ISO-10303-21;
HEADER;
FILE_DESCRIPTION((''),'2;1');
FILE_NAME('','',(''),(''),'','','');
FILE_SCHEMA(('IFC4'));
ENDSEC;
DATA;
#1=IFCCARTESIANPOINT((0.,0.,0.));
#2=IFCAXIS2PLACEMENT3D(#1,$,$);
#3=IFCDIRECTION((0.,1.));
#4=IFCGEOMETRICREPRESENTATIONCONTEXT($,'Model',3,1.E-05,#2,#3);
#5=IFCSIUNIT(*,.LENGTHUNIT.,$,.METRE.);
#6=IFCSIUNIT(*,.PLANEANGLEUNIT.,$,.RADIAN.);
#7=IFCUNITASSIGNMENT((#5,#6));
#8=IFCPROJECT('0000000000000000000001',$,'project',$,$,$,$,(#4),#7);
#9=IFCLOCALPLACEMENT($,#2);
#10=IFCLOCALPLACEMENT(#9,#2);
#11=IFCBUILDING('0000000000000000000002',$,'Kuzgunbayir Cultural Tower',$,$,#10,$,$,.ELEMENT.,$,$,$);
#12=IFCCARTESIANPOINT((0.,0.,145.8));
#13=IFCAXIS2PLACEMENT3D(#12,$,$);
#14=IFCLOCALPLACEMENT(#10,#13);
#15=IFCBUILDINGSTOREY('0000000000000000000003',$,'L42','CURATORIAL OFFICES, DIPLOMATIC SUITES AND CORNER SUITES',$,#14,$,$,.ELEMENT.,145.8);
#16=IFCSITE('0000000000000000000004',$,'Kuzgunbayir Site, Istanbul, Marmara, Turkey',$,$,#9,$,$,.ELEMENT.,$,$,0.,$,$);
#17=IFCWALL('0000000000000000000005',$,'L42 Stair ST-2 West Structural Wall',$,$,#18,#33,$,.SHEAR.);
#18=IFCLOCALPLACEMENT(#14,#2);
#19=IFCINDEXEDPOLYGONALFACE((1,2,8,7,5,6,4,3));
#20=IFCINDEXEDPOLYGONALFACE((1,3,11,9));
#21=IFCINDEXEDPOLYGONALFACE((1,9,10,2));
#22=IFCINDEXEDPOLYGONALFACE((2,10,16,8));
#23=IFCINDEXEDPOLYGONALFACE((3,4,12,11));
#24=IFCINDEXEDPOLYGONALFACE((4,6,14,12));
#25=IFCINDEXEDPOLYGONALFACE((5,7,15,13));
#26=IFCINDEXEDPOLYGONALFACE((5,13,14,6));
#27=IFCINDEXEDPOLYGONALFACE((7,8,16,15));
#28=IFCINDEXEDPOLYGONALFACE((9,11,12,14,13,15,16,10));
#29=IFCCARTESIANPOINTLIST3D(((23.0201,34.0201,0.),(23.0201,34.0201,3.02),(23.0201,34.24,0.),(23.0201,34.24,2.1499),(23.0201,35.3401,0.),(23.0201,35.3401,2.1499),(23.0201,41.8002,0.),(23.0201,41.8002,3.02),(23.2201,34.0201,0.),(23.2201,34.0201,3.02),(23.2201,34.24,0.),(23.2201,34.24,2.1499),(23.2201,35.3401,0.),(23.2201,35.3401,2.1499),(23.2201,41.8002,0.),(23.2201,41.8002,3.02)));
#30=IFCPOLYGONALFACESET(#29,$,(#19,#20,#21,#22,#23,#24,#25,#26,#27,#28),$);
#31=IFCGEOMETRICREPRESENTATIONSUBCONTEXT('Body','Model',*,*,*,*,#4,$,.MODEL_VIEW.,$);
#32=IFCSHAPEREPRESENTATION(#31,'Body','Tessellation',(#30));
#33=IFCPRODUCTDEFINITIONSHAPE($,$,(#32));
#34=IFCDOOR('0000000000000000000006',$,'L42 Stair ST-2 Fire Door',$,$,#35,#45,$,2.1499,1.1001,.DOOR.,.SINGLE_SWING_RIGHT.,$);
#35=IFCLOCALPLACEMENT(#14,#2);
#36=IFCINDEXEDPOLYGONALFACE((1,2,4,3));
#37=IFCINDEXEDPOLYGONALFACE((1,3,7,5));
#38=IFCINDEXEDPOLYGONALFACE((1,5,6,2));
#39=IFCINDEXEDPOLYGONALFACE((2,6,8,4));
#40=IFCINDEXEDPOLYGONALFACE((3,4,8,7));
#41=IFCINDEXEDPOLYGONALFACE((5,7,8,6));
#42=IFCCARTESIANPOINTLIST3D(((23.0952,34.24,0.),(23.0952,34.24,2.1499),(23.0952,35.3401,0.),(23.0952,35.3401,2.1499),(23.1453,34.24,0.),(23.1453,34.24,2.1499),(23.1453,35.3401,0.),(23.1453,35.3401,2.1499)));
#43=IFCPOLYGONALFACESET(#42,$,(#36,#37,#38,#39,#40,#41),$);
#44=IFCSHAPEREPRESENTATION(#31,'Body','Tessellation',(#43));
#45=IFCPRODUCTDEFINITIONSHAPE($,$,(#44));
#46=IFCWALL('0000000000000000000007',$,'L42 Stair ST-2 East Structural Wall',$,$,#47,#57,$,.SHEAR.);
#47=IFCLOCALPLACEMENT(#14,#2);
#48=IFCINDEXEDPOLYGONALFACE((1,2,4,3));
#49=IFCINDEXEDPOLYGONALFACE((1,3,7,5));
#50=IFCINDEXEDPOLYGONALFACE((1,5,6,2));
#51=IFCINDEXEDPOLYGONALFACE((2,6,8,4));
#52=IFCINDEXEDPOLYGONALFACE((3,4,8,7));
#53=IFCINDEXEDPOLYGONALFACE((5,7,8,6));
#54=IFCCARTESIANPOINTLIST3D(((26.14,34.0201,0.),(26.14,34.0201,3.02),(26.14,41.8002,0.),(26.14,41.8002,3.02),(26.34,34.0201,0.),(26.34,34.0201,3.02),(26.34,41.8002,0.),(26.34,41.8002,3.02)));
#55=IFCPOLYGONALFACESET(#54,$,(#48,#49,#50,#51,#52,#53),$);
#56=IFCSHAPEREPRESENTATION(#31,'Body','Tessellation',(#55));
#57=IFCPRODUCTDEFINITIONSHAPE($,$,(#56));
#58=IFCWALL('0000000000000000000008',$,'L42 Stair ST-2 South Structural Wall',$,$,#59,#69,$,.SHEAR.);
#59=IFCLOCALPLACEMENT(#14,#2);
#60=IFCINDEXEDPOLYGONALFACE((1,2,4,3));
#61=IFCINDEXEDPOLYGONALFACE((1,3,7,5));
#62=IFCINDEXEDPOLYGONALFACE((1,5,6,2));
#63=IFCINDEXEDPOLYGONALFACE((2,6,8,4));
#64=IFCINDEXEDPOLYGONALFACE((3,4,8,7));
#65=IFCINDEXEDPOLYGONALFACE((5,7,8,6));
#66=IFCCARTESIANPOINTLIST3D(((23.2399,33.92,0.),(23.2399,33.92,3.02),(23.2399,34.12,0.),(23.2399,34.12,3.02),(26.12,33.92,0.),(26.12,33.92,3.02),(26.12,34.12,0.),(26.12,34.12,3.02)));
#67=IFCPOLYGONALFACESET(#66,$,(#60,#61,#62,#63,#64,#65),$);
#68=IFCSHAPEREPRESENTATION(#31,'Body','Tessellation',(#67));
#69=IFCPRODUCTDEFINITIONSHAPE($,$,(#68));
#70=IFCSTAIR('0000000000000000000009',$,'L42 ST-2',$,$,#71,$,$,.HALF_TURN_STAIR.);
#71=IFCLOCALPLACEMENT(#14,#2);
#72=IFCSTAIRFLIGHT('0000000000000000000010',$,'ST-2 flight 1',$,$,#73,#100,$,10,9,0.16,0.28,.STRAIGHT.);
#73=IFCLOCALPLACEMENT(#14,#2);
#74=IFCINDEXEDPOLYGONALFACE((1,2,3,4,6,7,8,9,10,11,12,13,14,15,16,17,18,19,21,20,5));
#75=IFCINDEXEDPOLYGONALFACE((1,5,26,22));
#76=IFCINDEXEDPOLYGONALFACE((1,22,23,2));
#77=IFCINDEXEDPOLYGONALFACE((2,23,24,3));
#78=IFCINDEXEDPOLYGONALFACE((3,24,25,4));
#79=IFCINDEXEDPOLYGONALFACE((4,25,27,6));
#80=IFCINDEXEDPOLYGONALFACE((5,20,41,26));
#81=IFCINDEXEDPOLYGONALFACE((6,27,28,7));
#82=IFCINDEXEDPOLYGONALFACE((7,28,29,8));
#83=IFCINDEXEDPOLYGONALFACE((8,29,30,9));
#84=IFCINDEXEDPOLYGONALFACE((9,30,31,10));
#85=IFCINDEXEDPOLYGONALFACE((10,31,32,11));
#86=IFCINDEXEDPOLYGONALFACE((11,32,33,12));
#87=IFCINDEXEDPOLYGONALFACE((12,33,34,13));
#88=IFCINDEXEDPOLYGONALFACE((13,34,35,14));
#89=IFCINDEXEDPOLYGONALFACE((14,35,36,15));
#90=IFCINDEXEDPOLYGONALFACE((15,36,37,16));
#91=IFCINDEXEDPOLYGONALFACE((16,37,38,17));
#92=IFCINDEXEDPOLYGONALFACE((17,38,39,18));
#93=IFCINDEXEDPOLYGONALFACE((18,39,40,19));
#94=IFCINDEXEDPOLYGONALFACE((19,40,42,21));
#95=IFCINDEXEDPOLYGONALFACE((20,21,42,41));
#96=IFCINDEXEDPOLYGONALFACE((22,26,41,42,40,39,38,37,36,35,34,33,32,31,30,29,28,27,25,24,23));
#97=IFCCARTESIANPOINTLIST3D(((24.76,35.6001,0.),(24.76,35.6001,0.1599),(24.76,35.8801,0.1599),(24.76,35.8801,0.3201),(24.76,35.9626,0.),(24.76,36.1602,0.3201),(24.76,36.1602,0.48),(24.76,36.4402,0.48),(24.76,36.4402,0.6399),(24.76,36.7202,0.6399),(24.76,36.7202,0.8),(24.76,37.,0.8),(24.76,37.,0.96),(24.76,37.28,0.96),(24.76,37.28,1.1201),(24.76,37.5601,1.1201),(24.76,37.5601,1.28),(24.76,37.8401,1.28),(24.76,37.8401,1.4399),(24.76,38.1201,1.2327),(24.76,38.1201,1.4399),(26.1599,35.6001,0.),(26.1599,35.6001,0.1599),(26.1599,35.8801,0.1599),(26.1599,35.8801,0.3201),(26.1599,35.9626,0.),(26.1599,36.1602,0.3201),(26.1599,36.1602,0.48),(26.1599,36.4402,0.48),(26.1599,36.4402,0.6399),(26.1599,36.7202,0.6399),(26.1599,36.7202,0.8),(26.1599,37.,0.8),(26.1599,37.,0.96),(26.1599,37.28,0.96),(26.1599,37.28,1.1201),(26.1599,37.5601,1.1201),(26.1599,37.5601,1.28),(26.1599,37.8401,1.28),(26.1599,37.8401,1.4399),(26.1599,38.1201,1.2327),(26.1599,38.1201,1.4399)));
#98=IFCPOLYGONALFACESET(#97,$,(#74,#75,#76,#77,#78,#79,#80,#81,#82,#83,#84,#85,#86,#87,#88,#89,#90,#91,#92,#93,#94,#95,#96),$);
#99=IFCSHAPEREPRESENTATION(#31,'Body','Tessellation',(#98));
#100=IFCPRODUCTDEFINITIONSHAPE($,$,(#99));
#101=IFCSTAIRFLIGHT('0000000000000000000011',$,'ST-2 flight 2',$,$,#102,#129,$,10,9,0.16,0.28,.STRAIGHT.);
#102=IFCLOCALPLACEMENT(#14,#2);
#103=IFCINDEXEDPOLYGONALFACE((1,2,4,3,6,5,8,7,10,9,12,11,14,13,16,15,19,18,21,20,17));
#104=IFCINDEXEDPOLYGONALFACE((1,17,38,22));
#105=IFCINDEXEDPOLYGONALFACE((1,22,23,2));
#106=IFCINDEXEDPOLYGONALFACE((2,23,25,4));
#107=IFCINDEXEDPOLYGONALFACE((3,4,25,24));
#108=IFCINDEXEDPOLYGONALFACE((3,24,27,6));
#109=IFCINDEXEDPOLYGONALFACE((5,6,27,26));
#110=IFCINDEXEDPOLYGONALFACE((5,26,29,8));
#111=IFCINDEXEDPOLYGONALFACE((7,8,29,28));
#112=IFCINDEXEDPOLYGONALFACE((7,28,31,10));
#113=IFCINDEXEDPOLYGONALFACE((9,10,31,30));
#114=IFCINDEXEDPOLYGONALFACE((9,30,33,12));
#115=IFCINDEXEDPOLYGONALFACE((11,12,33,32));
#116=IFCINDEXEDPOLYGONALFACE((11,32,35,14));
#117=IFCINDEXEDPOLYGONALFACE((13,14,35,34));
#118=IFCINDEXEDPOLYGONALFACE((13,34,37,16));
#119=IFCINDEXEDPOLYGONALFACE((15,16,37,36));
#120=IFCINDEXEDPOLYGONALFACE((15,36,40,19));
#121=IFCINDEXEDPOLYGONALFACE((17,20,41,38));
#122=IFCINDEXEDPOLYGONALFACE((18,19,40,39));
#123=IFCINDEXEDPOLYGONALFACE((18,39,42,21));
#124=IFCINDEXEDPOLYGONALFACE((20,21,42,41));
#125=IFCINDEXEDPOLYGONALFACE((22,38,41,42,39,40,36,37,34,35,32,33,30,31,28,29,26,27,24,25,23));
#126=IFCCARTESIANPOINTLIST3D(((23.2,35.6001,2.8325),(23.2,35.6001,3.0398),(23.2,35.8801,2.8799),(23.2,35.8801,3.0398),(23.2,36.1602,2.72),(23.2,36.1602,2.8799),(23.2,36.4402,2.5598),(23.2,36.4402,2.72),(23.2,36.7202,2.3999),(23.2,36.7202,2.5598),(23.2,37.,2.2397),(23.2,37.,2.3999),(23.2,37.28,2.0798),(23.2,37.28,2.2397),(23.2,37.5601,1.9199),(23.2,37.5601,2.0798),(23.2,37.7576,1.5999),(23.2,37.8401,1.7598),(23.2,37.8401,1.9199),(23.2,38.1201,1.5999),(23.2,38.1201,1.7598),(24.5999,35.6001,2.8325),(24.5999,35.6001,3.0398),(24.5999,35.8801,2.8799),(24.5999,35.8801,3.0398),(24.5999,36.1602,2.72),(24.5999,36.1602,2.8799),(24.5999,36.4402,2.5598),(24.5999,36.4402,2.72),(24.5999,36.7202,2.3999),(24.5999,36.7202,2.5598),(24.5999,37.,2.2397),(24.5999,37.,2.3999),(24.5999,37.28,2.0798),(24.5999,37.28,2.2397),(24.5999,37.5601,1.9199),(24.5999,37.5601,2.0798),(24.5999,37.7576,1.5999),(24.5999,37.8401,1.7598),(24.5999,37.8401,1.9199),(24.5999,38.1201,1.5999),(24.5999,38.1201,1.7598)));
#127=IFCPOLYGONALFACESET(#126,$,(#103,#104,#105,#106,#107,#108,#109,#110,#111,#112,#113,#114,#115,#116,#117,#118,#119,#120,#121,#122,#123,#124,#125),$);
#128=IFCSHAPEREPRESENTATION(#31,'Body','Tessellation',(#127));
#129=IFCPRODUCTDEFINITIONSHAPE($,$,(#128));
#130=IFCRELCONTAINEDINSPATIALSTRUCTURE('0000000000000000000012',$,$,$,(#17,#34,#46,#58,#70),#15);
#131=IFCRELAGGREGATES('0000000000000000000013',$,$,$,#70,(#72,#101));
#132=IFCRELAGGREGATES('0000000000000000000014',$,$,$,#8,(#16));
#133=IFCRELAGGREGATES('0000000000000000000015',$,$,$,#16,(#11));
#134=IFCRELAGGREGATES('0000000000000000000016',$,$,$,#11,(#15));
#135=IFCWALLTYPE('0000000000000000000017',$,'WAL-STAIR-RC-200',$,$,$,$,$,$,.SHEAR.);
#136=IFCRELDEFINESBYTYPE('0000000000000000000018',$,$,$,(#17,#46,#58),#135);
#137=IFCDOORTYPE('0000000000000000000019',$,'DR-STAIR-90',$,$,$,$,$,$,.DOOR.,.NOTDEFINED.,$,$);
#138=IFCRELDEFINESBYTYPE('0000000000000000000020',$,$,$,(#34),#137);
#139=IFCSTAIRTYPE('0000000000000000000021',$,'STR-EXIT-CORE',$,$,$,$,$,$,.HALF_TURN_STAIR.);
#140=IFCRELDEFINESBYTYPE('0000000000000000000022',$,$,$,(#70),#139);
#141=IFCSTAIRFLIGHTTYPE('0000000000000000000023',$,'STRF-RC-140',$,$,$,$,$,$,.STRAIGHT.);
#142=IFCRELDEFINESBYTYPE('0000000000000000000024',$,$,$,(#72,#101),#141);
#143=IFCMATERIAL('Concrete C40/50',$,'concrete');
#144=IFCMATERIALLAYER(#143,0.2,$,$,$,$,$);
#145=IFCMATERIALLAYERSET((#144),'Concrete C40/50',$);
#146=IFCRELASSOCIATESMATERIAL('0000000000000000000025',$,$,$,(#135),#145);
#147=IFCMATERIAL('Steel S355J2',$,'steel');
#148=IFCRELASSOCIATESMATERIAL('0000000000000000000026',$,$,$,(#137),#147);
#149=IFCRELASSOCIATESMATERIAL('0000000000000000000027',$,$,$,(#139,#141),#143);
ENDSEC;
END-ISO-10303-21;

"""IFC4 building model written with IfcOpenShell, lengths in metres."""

from ifc_helpers import new_model, si_unit, direction, frame, frame_2d, origin, place, context, subcontext, project, spatial, polyline, rectangle, outline, extrude, material, layer, layer_set, type_object, element, fill, aggregate, save


model = new_model("IFC4")

# Units and contexts
model_context = context("Model", 3, precision=1e-05, world=origin(), true_north=direction((0.0, 1.0)))
body_context = subcontext(model_context, "Body", "Model", "MODEL_VIEW")
ifc_project = project(units=[si_unit("LENGTHUNIT", "METRE"), si_unit("PLANEANGLEUNIT", "RADIAN")], contexts=[model_context])

# Site, building, storey
site_placement = place(None, origin())
site = spatial("IfcSite", under=ifc_project, at=site_placement, Name="Kuzgunbayir Site, Istanbul, Marmara, Turkey", CompositionType="ELEMENT", RefElevation=0.0)
building_placement = place(site_placement, origin())
building = spatial("IfcBuilding", under=site, at=building_placement, Name="Kuzgunbayir Cultural Tower", CompositionType="ELEMENT")
storey_placement = place(building_placement, frame((0.0, 0.0, 145.8)))
storey = spatial("IfcBuildingStorey", under=building, at=storey_placement, Name="L42", Description="CURATORIAL OFFICES, DIPLOMATIC SUITES AND CORNER SUITES", CompositionType="ELEMENT", Elevation=145.8)

# Shared definitions
ifc_material_1 = material(Name="Steel S355J2", Category="steel")

# Shared definitions
ifc_material_2 = material(Name="Concrete C40/50", Category="concrete")

# Wall, opening, door
ifc_layer_1 = layer(ifc_material_2, 0.2)
ifc_layer_set_1 = layer_set([ifc_layer_1], Name="Concrete C40/50")
wall_type_1 = type_object("IfcWallType", Name="WAL-STAIR-RC-200", PredefinedType="SHEAR", material=ifc_layer_set_1)
wall_1_placement = place(storey_placement, frame((23.1201, 34.02, 0.0), z_axis=(0.0, 0.0, 1.0), x_axis=(0.0, 1.0, 0.0)))
wall_1 = element("IfcWall", 1, at=wall_1_placement, inside=storey, type_object=wall_type_1, Name="L42 Stair ST-2 West Structural Wall", PredefinedType="SHEAR", context=body_context, shape_type="SweptSolid", body=[
    extrude(rectangle(XDim=7.78, YDim=0.2, at=frame_2d((3.8901, 0.0))), origin(), (0.0, 0.0, 1.0), 3.02),
])
opening_1_placement = place(wall_1_placement, frame((0.22, 0.0, 0.0)))
opening_1 = element("IfcOpeningElement", 2, at=opening_1_placement, cuts=wall_1, PredefinedType="OPENING", context=body_context, shape_type="SweptSolid", body=[
    extrude(rectangle(XDim=1.1001, YDim=2.1499, at=frame_2d((0.55, 1.075))), frame((0.0, 0.1099, 0.0), z_axis=(0.0, -1.0, 0.0), x_axis=(1.0, 0.0, 0.0)), (0.0, 0.0, 1.0), 0.22),
])
door_type_1 = type_object("IfcDoorType", Name="DR-STAIR-90", OperationType="NOTDEFINED", PredefinedType="DOOR", material=ifc_material_1)
door_1_placement = place(opening_1_placement, origin())
door_1 = element("IfcDoor", 3, at=door_1_placement, inside=storey, type_object=door_type_1, Name="L42 Stair ST-2 Fire Door", OperationType="SINGLE_SWING_RIGHT", OverallHeight=2.1499, OverallWidth=1.1001, PredefinedType="DOOR", context=body_context, shape_type="SweptSolid", body=[
    extrude(rectangle(XDim=1.1001, YDim=2.1499, at=frame_2d((0.55, 1.075))), frame((0.0, 0.0249, 0.0), z_axis=(0.0, -1.0, 0.0), x_axis=(1.0, 0.0, 0.0)), (0.0, 0.0, 1.0), 0.05),
])
fill(opening_1, door_1)

# Walls
wall_2_placement = place(storey_placement, frame((26.24, 34.02, 0.0), z_axis=(0.0, 0.0, 1.0), x_axis=(0.0, 1.0, 0.0)))
element("IfcWall", 4, at=wall_2_placement, inside=storey, type_object=wall_type_1, Name="L42 Stair ST-2 East Structural Wall", PredefinedType="SHEAR", context=body_context, shape_type="SweptSolid", body=[
    extrude(rectangle(XDim=7.78, YDim=0.2, at=frame_2d((3.8901, 0.0))), origin(), (0.0, 0.0, 1.0), 3.02),
])
wall_3_placement = place(storey_placement, frame((23.24, 34.02, 0.0), z_axis=(0.0, 0.0, 1.0), x_axis=(1.0, 0.0, 0.0)))
element("IfcWall", 5, at=wall_3_placement, inside=storey, type_object=wall_type_1, Name="L42 Stair ST-2 South Structural Wall", PredefinedType="SHEAR", context=body_context, shape_type="SweptSolid", body=[
    extrude(rectangle(XDim=2.8801, YDim=0.2, at=frame_2d((1.4399, 0.0))), origin(), (0.0, 0.0, 1.0), 3.02),
])

# Stair, stair flights
stair_type = type_object("IfcStairType", Name="STR-EXIT-CORE", PredefinedType="HALF_TURN_STAIR", material=ifc_material_2)
stair_placement = place(storey_placement, origin())
stair = element("IfcStair", 6, at=stair_placement, inside=storey, type_object=stair_type, Name="L42 ST-2", PredefinedType="HALF_TURN_STAIR")
stair_flight_type = type_object("IfcStairFlightType", Name="STRF-RC-140", PredefinedType="STRAIGHT", material=ifc_material_2)
stair_flight_1_placement = place(storey_placement, frame((25.46, 35.6001, 0.0), z_axis=(0.0, 0.0, 1.0), x_axis=(0.0, 1.0, 0.0)))
stair_flight_1 = element("IfcStairFlight", 7, at=stair_flight_1_placement, type_object=stair_flight_type, Name="ST-2 flight 1", NumberOfRisers=10, NumberOfTreads=9, PredefinedType="STRAIGHT", RiserHeight=0.16, TreadLength=0.28, context=body_context, shape_type="SweptSolid", body=[
    extrude(outline(polyline([(0.0, 0.0), (0.0, 0.1599), (0.28, 0.1599), (0.28, 0.3201), (0.5601, 0.3201), (0.5601, 0.48), (0.8401, 0.48), (0.8401, 0.6399), (1.1201, 0.6399), (1.1201, 0.8), (1.3999, 0.8), (1.3999, 0.96), (1.6799, 0.96), (1.6799, 1.1201), (1.96, 1.1201), (1.96, 1.28), (2.24, 1.28), (2.24, 1.4399), (2.52, 1.4399), (2.52, 1.6001), (2.52, 1.2327), (0.3625, 0.0), (0.0, 0.0)])), frame((0.0, 0.7, 0.0), z_axis=(0.0, -1.0, 0.0), x_axis=(1.0, 0.0, 0.0)), (0.0, 0.0, 1.0), 1.3999),
])
stair_flight_2_placement = place(storey_placement, frame((23.8999, 38.1201, 1.5999), z_axis=(0.0, 0.0, 1.0), x_axis=(0.0, -1.0, 0.0)))
stair_flight_2 = element("IfcStairFlight", 8, at=stair_flight_2_placement, type_object=stair_flight_type, Name="ST-2 flight 2", NumberOfRisers=10, NumberOfTreads=9, PredefinedType="STRAIGHT", RiserHeight=0.16, TreadLength=0.28, context=body_context, shape_type="SweptSolid", body=[
    extrude(outline(polyline([(0.0, 0.0), (0.0, 0.1599), (0.28, 0.1599), (0.28, 0.3201), (0.5601, 0.3201), (0.5601, 0.48), (0.8401, 0.48), (0.8401, 0.6399), (1.1201, 0.6399), (1.1201, 0.8), (1.3999, 0.8), (1.3999, 0.96), (1.6799, 0.96), (1.6799, 1.1201), (1.96, 1.1201), (1.96, 1.28), (2.24, 1.28), (2.24, 1.4399), (2.52, 1.4399), (2.52, 1.6001), (2.52, 1.2327), (0.3625, 0.0), (0.0, 0.0)])), frame((0.0, 0.7, 0.0), z_axis=(0.0, -1.0, 0.0), x_axis=(1.0, 0.0, 0.0)), (0.0, 0.0, 1.0), 1.3999),
])
aggregate(stair, [stair_flight_1, stair_flight_2])

save(model, "model.ifc")
